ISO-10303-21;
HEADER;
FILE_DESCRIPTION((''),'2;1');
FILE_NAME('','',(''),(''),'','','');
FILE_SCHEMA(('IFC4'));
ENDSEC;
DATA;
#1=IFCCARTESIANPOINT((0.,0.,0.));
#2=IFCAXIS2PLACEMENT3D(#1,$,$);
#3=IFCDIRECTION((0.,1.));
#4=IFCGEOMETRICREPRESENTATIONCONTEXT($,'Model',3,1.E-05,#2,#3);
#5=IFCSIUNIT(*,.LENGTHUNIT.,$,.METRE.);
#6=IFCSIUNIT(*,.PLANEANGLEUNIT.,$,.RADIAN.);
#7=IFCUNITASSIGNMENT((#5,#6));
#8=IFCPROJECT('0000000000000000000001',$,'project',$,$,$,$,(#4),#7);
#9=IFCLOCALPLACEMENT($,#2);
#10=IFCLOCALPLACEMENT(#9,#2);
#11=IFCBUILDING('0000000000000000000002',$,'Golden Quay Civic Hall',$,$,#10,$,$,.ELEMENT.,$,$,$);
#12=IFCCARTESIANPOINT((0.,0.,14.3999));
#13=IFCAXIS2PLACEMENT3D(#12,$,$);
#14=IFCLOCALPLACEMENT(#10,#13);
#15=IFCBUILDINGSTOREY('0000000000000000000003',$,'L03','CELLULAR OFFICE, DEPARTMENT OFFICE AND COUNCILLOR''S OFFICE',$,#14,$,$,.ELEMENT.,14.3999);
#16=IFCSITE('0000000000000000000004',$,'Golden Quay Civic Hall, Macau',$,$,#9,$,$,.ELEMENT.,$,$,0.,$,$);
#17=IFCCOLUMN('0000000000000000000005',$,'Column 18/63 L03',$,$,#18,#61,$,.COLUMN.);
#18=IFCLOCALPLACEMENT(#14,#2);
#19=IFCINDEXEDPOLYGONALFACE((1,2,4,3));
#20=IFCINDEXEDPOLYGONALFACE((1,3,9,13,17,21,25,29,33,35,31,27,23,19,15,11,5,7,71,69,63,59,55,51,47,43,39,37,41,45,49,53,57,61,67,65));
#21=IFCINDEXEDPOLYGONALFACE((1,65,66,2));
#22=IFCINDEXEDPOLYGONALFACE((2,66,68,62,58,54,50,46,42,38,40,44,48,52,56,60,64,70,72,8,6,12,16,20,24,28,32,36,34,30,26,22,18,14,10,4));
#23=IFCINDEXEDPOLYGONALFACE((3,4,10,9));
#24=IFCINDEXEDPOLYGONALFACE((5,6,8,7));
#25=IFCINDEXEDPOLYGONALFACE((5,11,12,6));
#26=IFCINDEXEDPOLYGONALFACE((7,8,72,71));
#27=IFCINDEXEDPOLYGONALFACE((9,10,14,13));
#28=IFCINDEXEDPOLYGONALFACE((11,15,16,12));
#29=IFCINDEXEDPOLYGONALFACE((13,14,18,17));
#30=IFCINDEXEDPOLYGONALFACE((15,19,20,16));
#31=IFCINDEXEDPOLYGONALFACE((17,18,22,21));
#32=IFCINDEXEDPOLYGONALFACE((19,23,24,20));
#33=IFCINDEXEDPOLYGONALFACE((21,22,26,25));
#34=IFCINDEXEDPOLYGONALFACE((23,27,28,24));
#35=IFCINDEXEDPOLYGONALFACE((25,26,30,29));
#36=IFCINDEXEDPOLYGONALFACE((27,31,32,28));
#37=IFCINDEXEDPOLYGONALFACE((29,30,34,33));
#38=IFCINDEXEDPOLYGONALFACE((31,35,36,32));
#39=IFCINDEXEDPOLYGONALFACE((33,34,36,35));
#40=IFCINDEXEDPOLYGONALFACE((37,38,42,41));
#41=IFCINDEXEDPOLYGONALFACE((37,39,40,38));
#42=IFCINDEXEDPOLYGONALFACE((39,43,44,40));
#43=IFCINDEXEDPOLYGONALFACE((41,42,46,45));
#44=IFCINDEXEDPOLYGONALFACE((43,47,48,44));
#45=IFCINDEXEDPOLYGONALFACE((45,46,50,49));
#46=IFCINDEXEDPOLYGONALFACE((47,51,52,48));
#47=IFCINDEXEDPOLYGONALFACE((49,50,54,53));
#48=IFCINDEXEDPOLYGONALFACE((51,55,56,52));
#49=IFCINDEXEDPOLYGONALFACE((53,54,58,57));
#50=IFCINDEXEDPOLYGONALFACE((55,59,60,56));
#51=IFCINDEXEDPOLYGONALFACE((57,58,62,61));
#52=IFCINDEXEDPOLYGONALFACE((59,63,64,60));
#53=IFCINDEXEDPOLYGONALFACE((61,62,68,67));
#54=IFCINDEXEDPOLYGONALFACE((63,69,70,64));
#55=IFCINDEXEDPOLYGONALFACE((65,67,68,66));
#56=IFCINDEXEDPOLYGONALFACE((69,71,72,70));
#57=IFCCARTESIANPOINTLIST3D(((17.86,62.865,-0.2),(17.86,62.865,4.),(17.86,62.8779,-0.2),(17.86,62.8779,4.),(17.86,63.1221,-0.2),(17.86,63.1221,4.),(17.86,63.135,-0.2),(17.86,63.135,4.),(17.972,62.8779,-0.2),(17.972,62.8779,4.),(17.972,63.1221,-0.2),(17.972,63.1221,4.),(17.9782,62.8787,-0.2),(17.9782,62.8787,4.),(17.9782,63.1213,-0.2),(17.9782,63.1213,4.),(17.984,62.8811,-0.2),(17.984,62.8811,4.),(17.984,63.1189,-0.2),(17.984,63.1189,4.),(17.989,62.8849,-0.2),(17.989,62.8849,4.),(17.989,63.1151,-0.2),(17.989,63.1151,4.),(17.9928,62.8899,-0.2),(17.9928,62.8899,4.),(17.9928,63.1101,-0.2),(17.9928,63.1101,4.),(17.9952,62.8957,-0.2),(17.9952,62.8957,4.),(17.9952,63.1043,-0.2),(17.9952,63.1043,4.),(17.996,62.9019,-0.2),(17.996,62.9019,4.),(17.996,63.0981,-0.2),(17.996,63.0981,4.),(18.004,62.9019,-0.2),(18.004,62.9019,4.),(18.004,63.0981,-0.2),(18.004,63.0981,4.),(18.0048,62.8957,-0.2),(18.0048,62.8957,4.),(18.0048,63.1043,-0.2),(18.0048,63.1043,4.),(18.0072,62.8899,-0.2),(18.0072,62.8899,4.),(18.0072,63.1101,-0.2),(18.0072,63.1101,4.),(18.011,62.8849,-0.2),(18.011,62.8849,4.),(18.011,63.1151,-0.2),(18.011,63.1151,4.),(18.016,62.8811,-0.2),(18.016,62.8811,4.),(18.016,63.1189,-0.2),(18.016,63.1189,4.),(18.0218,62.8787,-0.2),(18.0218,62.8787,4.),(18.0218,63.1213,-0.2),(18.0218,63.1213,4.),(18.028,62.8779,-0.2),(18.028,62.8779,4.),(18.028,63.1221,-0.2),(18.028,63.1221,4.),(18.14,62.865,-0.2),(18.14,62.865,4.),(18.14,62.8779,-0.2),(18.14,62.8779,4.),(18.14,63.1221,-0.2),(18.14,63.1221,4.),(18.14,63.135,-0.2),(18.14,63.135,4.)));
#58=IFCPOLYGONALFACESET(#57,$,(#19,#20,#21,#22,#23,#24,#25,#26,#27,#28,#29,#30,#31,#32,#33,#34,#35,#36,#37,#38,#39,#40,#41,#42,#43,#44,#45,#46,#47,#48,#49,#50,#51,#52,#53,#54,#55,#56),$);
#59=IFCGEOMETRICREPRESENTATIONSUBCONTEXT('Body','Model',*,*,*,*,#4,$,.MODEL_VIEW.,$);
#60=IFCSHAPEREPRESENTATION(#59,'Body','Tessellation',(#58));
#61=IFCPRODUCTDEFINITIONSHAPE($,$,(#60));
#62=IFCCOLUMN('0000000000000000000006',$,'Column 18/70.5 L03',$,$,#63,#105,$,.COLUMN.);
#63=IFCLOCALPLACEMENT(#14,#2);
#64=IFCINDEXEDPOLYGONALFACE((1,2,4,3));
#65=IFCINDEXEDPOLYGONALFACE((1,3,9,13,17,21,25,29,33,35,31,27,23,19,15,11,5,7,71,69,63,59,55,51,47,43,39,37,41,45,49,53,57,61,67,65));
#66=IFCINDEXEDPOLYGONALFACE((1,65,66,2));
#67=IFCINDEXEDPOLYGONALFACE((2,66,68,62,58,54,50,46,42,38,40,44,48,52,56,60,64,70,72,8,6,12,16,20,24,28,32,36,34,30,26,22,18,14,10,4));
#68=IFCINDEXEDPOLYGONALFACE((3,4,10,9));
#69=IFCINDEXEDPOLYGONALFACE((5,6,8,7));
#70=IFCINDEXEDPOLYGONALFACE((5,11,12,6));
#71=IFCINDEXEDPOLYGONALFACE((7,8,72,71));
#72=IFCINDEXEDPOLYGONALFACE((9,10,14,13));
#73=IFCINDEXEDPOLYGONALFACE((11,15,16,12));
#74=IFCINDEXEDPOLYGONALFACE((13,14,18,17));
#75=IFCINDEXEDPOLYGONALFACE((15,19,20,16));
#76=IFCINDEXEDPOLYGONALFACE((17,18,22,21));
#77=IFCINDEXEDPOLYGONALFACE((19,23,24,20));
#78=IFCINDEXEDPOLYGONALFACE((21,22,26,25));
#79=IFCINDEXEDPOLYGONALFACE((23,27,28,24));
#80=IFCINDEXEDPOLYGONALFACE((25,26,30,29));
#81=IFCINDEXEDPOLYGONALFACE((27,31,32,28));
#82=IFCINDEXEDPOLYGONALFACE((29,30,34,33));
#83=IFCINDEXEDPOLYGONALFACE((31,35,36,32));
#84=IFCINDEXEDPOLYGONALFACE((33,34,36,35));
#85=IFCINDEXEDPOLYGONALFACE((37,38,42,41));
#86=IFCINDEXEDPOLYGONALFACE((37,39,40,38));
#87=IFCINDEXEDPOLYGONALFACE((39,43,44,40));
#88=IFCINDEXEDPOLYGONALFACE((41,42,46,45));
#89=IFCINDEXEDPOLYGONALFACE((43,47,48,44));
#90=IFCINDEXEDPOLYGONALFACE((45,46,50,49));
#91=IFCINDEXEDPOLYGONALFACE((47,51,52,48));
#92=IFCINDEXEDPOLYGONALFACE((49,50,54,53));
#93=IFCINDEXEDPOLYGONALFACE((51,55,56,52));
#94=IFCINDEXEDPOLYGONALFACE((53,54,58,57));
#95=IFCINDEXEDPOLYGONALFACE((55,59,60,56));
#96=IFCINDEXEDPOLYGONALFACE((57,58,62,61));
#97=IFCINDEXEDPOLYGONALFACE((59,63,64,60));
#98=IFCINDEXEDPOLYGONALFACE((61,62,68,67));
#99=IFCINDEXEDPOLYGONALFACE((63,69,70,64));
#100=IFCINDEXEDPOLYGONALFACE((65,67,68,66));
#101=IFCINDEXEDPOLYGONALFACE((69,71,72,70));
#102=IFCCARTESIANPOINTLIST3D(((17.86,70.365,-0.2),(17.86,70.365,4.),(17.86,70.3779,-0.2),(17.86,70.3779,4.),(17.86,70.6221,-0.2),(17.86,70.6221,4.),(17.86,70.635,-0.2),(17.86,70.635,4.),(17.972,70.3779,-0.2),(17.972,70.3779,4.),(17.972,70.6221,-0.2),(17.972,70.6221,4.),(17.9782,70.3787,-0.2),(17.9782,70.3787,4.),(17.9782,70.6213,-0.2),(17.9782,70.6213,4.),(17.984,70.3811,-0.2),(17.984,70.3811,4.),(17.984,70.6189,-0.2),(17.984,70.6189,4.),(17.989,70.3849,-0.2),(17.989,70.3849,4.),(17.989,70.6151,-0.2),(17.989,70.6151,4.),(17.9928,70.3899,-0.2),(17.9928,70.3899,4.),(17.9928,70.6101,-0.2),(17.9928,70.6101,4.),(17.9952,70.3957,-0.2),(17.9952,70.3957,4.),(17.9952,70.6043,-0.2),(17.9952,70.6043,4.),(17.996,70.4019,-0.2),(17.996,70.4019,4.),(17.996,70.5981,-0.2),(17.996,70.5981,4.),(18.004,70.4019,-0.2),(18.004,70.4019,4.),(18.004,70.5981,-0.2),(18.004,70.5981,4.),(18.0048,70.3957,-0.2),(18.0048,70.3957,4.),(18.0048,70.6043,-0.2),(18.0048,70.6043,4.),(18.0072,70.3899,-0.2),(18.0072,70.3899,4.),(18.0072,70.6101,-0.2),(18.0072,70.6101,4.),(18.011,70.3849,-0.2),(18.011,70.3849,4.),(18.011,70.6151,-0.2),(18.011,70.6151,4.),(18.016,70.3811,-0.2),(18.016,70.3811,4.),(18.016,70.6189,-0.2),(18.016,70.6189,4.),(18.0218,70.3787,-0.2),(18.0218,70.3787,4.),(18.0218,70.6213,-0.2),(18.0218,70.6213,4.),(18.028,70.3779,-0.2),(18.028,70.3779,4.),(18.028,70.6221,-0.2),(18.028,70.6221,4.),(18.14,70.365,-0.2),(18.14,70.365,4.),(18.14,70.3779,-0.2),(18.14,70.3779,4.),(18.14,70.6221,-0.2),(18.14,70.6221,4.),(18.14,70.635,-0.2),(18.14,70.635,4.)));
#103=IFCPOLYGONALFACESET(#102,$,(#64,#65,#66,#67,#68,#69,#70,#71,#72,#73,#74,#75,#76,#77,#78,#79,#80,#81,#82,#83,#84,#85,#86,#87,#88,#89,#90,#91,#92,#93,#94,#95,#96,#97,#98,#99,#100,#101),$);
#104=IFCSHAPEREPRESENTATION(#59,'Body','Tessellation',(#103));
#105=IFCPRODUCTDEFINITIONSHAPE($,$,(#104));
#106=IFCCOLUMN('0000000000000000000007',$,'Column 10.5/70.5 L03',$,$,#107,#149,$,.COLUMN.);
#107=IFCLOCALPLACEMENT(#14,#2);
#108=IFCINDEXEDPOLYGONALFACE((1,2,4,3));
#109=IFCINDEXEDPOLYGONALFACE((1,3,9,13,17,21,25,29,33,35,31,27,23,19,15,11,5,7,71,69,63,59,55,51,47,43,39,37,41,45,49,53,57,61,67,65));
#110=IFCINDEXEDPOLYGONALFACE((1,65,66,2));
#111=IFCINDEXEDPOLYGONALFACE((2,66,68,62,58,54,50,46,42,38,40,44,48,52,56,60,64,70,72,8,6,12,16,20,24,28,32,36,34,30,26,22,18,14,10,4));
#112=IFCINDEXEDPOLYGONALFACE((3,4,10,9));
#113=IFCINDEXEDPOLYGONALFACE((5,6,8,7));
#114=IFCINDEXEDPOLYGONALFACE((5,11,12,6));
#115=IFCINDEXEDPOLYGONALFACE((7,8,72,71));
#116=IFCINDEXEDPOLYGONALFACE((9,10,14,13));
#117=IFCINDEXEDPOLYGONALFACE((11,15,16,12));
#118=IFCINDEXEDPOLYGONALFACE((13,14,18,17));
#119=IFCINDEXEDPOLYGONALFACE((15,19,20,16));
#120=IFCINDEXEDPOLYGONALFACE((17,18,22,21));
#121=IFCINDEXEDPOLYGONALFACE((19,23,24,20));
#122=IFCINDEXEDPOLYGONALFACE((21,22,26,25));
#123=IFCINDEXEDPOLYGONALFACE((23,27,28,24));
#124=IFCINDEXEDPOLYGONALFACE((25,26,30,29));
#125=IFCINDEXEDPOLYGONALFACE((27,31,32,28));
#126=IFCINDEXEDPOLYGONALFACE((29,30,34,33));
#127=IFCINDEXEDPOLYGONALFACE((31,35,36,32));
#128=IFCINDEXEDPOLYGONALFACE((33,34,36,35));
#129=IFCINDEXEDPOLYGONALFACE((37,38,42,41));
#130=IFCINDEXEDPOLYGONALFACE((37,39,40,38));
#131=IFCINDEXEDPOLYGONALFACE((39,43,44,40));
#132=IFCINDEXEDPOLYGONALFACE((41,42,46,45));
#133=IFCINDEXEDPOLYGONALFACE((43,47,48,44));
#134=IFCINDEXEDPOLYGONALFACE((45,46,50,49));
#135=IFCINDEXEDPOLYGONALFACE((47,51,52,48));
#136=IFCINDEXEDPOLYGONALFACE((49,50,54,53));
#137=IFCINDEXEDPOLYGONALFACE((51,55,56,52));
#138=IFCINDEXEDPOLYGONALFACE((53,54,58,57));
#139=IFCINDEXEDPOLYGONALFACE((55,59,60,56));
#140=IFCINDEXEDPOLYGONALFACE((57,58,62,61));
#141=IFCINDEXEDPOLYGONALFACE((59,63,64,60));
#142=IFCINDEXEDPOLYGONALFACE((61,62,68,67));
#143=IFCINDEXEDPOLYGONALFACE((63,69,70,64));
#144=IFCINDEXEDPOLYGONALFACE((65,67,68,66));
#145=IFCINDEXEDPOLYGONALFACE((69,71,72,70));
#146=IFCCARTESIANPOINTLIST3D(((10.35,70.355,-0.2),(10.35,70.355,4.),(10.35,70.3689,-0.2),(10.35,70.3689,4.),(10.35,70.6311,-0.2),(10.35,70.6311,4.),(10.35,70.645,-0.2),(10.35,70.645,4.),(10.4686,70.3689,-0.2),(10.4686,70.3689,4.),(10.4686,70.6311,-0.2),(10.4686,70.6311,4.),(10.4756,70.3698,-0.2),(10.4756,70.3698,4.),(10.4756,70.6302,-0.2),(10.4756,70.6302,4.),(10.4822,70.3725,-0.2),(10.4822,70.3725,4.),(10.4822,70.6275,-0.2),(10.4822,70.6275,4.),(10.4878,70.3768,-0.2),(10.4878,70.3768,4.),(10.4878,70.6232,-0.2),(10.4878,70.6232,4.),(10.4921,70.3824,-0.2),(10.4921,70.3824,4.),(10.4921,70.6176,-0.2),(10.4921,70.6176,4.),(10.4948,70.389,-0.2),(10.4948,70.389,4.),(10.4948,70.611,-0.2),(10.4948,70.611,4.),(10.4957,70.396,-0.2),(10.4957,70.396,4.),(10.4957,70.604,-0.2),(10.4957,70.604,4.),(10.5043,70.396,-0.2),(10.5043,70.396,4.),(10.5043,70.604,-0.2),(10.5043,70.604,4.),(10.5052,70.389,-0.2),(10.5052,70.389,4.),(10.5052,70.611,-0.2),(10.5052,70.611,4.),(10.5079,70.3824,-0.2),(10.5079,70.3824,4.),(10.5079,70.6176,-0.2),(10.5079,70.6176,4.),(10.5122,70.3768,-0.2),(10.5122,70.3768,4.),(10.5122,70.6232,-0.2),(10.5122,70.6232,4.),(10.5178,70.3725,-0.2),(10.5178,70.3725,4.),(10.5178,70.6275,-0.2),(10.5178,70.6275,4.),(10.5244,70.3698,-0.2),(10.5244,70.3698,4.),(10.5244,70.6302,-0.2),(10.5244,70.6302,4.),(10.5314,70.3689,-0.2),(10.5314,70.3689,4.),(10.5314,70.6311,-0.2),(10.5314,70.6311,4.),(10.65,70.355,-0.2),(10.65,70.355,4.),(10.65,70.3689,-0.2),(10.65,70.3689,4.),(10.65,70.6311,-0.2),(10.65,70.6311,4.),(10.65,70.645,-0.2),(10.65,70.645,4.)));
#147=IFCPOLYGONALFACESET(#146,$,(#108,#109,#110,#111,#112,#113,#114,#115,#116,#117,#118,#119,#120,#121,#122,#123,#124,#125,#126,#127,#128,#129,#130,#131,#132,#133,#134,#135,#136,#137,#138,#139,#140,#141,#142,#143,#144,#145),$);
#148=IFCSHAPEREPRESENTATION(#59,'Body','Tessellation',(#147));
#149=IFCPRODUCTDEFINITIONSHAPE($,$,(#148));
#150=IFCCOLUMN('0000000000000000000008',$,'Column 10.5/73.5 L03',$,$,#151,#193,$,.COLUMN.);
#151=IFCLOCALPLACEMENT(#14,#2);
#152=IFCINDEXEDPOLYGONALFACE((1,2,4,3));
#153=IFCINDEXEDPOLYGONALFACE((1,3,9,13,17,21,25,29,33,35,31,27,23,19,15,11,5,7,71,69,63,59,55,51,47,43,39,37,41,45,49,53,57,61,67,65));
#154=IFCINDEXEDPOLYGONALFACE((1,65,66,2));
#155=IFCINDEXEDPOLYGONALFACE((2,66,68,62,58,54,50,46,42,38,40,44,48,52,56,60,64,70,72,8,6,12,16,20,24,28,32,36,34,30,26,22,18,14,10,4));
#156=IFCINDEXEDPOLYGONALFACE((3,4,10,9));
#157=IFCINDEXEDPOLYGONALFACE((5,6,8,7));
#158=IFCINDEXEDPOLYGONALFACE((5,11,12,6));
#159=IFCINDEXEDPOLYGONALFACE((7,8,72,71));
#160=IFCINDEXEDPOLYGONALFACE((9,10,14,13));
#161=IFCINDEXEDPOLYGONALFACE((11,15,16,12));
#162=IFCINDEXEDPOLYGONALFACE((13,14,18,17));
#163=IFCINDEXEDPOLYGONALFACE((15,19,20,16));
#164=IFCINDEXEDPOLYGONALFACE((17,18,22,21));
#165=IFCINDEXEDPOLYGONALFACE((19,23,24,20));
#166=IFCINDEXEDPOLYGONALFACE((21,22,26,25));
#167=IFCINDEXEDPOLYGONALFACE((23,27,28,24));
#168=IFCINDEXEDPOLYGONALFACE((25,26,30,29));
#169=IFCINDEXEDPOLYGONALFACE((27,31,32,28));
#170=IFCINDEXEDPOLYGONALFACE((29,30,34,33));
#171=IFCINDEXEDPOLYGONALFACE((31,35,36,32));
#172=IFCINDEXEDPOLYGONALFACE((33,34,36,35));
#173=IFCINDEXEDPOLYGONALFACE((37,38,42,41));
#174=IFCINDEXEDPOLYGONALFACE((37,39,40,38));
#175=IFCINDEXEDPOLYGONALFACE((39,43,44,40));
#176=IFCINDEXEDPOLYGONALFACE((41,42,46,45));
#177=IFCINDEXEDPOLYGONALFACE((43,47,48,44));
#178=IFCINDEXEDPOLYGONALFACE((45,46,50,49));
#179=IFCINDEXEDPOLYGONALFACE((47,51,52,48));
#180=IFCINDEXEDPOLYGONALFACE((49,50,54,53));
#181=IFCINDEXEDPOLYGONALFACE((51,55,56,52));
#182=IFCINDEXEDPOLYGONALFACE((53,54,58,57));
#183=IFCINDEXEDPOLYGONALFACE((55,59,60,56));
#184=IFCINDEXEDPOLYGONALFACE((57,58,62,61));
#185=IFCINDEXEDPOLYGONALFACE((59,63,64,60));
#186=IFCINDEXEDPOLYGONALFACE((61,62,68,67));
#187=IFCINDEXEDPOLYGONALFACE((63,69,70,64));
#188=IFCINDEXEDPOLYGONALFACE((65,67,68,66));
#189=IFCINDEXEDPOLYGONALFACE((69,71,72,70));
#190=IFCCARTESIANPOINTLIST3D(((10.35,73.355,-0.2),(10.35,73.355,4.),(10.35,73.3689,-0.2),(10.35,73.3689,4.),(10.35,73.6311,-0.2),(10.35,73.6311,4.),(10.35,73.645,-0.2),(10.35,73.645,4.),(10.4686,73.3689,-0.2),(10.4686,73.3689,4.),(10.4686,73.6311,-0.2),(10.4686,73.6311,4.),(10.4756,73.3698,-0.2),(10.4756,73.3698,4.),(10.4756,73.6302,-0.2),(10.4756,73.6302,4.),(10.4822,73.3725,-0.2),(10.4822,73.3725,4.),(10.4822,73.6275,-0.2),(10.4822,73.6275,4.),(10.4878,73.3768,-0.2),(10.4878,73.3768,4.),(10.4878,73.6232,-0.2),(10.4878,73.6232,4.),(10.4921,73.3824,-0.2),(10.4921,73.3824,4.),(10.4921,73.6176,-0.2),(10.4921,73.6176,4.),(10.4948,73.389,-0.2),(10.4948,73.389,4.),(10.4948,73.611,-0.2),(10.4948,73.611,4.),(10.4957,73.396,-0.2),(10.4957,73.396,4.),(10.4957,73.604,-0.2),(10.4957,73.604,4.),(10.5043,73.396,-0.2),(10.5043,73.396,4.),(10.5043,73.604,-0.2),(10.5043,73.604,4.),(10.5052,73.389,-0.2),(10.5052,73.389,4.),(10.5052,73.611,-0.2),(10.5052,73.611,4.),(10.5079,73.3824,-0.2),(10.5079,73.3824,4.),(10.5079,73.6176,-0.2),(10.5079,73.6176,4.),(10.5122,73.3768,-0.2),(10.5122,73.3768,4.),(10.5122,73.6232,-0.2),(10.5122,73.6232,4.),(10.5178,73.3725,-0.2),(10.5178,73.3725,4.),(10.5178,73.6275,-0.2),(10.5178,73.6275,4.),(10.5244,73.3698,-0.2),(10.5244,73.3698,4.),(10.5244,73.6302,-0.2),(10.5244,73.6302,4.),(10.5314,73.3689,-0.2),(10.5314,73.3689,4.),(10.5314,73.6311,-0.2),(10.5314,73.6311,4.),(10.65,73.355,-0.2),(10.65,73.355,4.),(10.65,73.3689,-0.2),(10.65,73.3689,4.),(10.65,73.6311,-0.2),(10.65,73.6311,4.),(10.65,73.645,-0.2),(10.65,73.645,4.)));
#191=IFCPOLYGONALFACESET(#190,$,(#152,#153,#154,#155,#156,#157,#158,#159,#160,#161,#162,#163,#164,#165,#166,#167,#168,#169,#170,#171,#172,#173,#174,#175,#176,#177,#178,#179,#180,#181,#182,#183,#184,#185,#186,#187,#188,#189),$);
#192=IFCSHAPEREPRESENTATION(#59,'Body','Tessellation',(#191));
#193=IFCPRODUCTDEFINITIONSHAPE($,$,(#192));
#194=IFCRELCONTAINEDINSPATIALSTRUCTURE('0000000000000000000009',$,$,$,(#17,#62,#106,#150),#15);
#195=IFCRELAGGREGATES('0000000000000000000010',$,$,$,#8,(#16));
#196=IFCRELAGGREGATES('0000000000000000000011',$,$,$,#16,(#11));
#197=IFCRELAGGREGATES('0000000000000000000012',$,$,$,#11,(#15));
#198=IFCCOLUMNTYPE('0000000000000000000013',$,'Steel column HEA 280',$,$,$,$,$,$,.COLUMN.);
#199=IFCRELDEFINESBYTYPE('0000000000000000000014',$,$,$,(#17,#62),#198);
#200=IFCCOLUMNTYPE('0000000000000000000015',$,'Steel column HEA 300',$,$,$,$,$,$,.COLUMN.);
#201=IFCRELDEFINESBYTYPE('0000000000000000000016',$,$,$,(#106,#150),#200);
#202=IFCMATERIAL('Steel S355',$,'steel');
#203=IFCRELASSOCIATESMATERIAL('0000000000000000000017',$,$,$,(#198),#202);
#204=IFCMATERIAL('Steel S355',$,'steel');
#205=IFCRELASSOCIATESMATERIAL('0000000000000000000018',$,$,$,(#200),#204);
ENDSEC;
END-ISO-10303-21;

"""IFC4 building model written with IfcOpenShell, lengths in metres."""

from ifc_helpers import new_model, si_unit, direction, frame, origin, origin_2d, place, context, subcontext, project, spatial, i_section, extrude, material, material_profile, profile_set, type_object, element, save


model = new_model("IFC4")

# Units and contexts
model_context = context("Model", 3, precision=1e-05, world=origin(), true_north=direction((0.0, 1.0)))
body_context = subcontext(model_context, "Body", "Model", "MODEL_VIEW")
ifc_project = project(units=[si_unit("LENGTHUNIT", "METRE"), si_unit("PLANEANGLEUNIT", "RADIAN")], contexts=[model_context])

# Site, building, storey
site_placement = place(None, origin())
site = spatial("IfcSite", under=ifc_project, at=site_placement, Name="Golden Quay Civic Hall, Macau", CompositionType="ELEMENT", RefElevation=0.0)
building_placement = place(site_placement, origin())
building = spatial("IfcBuilding", under=site, at=building_placement, Name="Golden Quay Civic Hall", CompositionType="ELEMENT")
storey_placement = place(building_placement, frame((0.0, 0.0, 14.3999)))
storey = spatial("IfcBuildingStorey", under=building, at=storey_placement, Name="L03", Description="CELLULAR OFFICE, DEPARTMENT OFFICE AND COUNCILLOR'S OFFICE", CompositionType="ELEMENT", Elevation=14.3999)

# Columns
ifc_material_1 = material(Name="Steel S355", Category="steel")
ifc_material_profile_1 = material_profile(ifc_material_1, i_section(OverallWidth=0.28, OverallDepth=0.27, WebThickness=0.0081, FlangeThickness=0.0129, FilletRadius=0.0239, at=origin_2d()), Name="HEA 280")
ifc_profile_set_1 = profile_set([ifc_material_profile_1], Name="Steel S355")
column_type_1 = type_object("IfcColumnType", Name="Steel column HEA 280", PredefinedType="COLUMN", material=ifc_profile_set_1)
for number, where, z_axis, x_axis, name in (
    (1, (18.0, 63.0, -0.2), (0.0, 0.0, 1.0), (1.0, 0.0, 0.0), "Column 18/63 L03"),
    (2, (18.0, 70.5, -0.2), (0.0, 0.0, 1.0), (1.0, 0.0, 0.0), "Column 18/70.5 L03"),
):
    element("IfcColumn", number, at=place(storey_placement, frame(where, z_axis=z_axis, x_axis=x_axis)), inside=storey, type_object=column_type_1, Name=name, PredefinedType="COLUMN", context=body_context, shape_type="SweptSolid", body=[
        extrude(i_section(OverallWidth=0.28, OverallDepth=0.27, WebThickness=0.0081, FlangeThickness=0.0129, FilletRadius=0.0239, at=origin_2d()), origin(), (0.0, 0.0, 1.0), 4.2),
    ])
ifc_material_2 = material(Name="Steel S355", Category="steel")
ifc_material_profile_2 = material_profile(ifc_material_2, i_section(OverallWidth=0.3, OverallDepth=0.29, WebThickness=0.0085, FlangeThickness=0.0139, FilletRadius=0.0271, at=origin_2d()), Name="HEA 300")
ifc_profile_set_2 = profile_set([ifc_material_profile_2], Name="Steel S355")
column_type_2 = type_object("IfcColumnType", Name="Steel column HEA 300", PredefinedType="COLUMN", material=ifc_profile_set_2)
for number, where, z_axis, x_axis, name in (
    (3, (10.5, 70.5, -0.2), (0.0, 0.0, 1.0), (1.0, 0.0, 0.0), "Column 10.5/70.5 L03"),
    (4, (10.5, 73.5, -0.2), (0.0, 0.0, 1.0), (1.0, 0.0, 0.0), "Column 10.5/73.5 L03"),
):
    element("IfcColumn", number, at=place(storey_placement, frame(where, z_axis=z_axis, x_axis=x_axis)), inside=storey, type_object=column_type_2, Name=name, PredefinedType="COLUMN", context=body_context, shape_type="SweptSolid", body=[
        extrude(i_section(OverallWidth=0.3, OverallDepth=0.29, WebThickness=0.0085, FlangeThickness=0.0139, FilletRadius=0.0271, at=origin_2d()), origin(), (0.0, 0.0, 1.0), 4.2),
    ])

save(model, "model.ifc")
